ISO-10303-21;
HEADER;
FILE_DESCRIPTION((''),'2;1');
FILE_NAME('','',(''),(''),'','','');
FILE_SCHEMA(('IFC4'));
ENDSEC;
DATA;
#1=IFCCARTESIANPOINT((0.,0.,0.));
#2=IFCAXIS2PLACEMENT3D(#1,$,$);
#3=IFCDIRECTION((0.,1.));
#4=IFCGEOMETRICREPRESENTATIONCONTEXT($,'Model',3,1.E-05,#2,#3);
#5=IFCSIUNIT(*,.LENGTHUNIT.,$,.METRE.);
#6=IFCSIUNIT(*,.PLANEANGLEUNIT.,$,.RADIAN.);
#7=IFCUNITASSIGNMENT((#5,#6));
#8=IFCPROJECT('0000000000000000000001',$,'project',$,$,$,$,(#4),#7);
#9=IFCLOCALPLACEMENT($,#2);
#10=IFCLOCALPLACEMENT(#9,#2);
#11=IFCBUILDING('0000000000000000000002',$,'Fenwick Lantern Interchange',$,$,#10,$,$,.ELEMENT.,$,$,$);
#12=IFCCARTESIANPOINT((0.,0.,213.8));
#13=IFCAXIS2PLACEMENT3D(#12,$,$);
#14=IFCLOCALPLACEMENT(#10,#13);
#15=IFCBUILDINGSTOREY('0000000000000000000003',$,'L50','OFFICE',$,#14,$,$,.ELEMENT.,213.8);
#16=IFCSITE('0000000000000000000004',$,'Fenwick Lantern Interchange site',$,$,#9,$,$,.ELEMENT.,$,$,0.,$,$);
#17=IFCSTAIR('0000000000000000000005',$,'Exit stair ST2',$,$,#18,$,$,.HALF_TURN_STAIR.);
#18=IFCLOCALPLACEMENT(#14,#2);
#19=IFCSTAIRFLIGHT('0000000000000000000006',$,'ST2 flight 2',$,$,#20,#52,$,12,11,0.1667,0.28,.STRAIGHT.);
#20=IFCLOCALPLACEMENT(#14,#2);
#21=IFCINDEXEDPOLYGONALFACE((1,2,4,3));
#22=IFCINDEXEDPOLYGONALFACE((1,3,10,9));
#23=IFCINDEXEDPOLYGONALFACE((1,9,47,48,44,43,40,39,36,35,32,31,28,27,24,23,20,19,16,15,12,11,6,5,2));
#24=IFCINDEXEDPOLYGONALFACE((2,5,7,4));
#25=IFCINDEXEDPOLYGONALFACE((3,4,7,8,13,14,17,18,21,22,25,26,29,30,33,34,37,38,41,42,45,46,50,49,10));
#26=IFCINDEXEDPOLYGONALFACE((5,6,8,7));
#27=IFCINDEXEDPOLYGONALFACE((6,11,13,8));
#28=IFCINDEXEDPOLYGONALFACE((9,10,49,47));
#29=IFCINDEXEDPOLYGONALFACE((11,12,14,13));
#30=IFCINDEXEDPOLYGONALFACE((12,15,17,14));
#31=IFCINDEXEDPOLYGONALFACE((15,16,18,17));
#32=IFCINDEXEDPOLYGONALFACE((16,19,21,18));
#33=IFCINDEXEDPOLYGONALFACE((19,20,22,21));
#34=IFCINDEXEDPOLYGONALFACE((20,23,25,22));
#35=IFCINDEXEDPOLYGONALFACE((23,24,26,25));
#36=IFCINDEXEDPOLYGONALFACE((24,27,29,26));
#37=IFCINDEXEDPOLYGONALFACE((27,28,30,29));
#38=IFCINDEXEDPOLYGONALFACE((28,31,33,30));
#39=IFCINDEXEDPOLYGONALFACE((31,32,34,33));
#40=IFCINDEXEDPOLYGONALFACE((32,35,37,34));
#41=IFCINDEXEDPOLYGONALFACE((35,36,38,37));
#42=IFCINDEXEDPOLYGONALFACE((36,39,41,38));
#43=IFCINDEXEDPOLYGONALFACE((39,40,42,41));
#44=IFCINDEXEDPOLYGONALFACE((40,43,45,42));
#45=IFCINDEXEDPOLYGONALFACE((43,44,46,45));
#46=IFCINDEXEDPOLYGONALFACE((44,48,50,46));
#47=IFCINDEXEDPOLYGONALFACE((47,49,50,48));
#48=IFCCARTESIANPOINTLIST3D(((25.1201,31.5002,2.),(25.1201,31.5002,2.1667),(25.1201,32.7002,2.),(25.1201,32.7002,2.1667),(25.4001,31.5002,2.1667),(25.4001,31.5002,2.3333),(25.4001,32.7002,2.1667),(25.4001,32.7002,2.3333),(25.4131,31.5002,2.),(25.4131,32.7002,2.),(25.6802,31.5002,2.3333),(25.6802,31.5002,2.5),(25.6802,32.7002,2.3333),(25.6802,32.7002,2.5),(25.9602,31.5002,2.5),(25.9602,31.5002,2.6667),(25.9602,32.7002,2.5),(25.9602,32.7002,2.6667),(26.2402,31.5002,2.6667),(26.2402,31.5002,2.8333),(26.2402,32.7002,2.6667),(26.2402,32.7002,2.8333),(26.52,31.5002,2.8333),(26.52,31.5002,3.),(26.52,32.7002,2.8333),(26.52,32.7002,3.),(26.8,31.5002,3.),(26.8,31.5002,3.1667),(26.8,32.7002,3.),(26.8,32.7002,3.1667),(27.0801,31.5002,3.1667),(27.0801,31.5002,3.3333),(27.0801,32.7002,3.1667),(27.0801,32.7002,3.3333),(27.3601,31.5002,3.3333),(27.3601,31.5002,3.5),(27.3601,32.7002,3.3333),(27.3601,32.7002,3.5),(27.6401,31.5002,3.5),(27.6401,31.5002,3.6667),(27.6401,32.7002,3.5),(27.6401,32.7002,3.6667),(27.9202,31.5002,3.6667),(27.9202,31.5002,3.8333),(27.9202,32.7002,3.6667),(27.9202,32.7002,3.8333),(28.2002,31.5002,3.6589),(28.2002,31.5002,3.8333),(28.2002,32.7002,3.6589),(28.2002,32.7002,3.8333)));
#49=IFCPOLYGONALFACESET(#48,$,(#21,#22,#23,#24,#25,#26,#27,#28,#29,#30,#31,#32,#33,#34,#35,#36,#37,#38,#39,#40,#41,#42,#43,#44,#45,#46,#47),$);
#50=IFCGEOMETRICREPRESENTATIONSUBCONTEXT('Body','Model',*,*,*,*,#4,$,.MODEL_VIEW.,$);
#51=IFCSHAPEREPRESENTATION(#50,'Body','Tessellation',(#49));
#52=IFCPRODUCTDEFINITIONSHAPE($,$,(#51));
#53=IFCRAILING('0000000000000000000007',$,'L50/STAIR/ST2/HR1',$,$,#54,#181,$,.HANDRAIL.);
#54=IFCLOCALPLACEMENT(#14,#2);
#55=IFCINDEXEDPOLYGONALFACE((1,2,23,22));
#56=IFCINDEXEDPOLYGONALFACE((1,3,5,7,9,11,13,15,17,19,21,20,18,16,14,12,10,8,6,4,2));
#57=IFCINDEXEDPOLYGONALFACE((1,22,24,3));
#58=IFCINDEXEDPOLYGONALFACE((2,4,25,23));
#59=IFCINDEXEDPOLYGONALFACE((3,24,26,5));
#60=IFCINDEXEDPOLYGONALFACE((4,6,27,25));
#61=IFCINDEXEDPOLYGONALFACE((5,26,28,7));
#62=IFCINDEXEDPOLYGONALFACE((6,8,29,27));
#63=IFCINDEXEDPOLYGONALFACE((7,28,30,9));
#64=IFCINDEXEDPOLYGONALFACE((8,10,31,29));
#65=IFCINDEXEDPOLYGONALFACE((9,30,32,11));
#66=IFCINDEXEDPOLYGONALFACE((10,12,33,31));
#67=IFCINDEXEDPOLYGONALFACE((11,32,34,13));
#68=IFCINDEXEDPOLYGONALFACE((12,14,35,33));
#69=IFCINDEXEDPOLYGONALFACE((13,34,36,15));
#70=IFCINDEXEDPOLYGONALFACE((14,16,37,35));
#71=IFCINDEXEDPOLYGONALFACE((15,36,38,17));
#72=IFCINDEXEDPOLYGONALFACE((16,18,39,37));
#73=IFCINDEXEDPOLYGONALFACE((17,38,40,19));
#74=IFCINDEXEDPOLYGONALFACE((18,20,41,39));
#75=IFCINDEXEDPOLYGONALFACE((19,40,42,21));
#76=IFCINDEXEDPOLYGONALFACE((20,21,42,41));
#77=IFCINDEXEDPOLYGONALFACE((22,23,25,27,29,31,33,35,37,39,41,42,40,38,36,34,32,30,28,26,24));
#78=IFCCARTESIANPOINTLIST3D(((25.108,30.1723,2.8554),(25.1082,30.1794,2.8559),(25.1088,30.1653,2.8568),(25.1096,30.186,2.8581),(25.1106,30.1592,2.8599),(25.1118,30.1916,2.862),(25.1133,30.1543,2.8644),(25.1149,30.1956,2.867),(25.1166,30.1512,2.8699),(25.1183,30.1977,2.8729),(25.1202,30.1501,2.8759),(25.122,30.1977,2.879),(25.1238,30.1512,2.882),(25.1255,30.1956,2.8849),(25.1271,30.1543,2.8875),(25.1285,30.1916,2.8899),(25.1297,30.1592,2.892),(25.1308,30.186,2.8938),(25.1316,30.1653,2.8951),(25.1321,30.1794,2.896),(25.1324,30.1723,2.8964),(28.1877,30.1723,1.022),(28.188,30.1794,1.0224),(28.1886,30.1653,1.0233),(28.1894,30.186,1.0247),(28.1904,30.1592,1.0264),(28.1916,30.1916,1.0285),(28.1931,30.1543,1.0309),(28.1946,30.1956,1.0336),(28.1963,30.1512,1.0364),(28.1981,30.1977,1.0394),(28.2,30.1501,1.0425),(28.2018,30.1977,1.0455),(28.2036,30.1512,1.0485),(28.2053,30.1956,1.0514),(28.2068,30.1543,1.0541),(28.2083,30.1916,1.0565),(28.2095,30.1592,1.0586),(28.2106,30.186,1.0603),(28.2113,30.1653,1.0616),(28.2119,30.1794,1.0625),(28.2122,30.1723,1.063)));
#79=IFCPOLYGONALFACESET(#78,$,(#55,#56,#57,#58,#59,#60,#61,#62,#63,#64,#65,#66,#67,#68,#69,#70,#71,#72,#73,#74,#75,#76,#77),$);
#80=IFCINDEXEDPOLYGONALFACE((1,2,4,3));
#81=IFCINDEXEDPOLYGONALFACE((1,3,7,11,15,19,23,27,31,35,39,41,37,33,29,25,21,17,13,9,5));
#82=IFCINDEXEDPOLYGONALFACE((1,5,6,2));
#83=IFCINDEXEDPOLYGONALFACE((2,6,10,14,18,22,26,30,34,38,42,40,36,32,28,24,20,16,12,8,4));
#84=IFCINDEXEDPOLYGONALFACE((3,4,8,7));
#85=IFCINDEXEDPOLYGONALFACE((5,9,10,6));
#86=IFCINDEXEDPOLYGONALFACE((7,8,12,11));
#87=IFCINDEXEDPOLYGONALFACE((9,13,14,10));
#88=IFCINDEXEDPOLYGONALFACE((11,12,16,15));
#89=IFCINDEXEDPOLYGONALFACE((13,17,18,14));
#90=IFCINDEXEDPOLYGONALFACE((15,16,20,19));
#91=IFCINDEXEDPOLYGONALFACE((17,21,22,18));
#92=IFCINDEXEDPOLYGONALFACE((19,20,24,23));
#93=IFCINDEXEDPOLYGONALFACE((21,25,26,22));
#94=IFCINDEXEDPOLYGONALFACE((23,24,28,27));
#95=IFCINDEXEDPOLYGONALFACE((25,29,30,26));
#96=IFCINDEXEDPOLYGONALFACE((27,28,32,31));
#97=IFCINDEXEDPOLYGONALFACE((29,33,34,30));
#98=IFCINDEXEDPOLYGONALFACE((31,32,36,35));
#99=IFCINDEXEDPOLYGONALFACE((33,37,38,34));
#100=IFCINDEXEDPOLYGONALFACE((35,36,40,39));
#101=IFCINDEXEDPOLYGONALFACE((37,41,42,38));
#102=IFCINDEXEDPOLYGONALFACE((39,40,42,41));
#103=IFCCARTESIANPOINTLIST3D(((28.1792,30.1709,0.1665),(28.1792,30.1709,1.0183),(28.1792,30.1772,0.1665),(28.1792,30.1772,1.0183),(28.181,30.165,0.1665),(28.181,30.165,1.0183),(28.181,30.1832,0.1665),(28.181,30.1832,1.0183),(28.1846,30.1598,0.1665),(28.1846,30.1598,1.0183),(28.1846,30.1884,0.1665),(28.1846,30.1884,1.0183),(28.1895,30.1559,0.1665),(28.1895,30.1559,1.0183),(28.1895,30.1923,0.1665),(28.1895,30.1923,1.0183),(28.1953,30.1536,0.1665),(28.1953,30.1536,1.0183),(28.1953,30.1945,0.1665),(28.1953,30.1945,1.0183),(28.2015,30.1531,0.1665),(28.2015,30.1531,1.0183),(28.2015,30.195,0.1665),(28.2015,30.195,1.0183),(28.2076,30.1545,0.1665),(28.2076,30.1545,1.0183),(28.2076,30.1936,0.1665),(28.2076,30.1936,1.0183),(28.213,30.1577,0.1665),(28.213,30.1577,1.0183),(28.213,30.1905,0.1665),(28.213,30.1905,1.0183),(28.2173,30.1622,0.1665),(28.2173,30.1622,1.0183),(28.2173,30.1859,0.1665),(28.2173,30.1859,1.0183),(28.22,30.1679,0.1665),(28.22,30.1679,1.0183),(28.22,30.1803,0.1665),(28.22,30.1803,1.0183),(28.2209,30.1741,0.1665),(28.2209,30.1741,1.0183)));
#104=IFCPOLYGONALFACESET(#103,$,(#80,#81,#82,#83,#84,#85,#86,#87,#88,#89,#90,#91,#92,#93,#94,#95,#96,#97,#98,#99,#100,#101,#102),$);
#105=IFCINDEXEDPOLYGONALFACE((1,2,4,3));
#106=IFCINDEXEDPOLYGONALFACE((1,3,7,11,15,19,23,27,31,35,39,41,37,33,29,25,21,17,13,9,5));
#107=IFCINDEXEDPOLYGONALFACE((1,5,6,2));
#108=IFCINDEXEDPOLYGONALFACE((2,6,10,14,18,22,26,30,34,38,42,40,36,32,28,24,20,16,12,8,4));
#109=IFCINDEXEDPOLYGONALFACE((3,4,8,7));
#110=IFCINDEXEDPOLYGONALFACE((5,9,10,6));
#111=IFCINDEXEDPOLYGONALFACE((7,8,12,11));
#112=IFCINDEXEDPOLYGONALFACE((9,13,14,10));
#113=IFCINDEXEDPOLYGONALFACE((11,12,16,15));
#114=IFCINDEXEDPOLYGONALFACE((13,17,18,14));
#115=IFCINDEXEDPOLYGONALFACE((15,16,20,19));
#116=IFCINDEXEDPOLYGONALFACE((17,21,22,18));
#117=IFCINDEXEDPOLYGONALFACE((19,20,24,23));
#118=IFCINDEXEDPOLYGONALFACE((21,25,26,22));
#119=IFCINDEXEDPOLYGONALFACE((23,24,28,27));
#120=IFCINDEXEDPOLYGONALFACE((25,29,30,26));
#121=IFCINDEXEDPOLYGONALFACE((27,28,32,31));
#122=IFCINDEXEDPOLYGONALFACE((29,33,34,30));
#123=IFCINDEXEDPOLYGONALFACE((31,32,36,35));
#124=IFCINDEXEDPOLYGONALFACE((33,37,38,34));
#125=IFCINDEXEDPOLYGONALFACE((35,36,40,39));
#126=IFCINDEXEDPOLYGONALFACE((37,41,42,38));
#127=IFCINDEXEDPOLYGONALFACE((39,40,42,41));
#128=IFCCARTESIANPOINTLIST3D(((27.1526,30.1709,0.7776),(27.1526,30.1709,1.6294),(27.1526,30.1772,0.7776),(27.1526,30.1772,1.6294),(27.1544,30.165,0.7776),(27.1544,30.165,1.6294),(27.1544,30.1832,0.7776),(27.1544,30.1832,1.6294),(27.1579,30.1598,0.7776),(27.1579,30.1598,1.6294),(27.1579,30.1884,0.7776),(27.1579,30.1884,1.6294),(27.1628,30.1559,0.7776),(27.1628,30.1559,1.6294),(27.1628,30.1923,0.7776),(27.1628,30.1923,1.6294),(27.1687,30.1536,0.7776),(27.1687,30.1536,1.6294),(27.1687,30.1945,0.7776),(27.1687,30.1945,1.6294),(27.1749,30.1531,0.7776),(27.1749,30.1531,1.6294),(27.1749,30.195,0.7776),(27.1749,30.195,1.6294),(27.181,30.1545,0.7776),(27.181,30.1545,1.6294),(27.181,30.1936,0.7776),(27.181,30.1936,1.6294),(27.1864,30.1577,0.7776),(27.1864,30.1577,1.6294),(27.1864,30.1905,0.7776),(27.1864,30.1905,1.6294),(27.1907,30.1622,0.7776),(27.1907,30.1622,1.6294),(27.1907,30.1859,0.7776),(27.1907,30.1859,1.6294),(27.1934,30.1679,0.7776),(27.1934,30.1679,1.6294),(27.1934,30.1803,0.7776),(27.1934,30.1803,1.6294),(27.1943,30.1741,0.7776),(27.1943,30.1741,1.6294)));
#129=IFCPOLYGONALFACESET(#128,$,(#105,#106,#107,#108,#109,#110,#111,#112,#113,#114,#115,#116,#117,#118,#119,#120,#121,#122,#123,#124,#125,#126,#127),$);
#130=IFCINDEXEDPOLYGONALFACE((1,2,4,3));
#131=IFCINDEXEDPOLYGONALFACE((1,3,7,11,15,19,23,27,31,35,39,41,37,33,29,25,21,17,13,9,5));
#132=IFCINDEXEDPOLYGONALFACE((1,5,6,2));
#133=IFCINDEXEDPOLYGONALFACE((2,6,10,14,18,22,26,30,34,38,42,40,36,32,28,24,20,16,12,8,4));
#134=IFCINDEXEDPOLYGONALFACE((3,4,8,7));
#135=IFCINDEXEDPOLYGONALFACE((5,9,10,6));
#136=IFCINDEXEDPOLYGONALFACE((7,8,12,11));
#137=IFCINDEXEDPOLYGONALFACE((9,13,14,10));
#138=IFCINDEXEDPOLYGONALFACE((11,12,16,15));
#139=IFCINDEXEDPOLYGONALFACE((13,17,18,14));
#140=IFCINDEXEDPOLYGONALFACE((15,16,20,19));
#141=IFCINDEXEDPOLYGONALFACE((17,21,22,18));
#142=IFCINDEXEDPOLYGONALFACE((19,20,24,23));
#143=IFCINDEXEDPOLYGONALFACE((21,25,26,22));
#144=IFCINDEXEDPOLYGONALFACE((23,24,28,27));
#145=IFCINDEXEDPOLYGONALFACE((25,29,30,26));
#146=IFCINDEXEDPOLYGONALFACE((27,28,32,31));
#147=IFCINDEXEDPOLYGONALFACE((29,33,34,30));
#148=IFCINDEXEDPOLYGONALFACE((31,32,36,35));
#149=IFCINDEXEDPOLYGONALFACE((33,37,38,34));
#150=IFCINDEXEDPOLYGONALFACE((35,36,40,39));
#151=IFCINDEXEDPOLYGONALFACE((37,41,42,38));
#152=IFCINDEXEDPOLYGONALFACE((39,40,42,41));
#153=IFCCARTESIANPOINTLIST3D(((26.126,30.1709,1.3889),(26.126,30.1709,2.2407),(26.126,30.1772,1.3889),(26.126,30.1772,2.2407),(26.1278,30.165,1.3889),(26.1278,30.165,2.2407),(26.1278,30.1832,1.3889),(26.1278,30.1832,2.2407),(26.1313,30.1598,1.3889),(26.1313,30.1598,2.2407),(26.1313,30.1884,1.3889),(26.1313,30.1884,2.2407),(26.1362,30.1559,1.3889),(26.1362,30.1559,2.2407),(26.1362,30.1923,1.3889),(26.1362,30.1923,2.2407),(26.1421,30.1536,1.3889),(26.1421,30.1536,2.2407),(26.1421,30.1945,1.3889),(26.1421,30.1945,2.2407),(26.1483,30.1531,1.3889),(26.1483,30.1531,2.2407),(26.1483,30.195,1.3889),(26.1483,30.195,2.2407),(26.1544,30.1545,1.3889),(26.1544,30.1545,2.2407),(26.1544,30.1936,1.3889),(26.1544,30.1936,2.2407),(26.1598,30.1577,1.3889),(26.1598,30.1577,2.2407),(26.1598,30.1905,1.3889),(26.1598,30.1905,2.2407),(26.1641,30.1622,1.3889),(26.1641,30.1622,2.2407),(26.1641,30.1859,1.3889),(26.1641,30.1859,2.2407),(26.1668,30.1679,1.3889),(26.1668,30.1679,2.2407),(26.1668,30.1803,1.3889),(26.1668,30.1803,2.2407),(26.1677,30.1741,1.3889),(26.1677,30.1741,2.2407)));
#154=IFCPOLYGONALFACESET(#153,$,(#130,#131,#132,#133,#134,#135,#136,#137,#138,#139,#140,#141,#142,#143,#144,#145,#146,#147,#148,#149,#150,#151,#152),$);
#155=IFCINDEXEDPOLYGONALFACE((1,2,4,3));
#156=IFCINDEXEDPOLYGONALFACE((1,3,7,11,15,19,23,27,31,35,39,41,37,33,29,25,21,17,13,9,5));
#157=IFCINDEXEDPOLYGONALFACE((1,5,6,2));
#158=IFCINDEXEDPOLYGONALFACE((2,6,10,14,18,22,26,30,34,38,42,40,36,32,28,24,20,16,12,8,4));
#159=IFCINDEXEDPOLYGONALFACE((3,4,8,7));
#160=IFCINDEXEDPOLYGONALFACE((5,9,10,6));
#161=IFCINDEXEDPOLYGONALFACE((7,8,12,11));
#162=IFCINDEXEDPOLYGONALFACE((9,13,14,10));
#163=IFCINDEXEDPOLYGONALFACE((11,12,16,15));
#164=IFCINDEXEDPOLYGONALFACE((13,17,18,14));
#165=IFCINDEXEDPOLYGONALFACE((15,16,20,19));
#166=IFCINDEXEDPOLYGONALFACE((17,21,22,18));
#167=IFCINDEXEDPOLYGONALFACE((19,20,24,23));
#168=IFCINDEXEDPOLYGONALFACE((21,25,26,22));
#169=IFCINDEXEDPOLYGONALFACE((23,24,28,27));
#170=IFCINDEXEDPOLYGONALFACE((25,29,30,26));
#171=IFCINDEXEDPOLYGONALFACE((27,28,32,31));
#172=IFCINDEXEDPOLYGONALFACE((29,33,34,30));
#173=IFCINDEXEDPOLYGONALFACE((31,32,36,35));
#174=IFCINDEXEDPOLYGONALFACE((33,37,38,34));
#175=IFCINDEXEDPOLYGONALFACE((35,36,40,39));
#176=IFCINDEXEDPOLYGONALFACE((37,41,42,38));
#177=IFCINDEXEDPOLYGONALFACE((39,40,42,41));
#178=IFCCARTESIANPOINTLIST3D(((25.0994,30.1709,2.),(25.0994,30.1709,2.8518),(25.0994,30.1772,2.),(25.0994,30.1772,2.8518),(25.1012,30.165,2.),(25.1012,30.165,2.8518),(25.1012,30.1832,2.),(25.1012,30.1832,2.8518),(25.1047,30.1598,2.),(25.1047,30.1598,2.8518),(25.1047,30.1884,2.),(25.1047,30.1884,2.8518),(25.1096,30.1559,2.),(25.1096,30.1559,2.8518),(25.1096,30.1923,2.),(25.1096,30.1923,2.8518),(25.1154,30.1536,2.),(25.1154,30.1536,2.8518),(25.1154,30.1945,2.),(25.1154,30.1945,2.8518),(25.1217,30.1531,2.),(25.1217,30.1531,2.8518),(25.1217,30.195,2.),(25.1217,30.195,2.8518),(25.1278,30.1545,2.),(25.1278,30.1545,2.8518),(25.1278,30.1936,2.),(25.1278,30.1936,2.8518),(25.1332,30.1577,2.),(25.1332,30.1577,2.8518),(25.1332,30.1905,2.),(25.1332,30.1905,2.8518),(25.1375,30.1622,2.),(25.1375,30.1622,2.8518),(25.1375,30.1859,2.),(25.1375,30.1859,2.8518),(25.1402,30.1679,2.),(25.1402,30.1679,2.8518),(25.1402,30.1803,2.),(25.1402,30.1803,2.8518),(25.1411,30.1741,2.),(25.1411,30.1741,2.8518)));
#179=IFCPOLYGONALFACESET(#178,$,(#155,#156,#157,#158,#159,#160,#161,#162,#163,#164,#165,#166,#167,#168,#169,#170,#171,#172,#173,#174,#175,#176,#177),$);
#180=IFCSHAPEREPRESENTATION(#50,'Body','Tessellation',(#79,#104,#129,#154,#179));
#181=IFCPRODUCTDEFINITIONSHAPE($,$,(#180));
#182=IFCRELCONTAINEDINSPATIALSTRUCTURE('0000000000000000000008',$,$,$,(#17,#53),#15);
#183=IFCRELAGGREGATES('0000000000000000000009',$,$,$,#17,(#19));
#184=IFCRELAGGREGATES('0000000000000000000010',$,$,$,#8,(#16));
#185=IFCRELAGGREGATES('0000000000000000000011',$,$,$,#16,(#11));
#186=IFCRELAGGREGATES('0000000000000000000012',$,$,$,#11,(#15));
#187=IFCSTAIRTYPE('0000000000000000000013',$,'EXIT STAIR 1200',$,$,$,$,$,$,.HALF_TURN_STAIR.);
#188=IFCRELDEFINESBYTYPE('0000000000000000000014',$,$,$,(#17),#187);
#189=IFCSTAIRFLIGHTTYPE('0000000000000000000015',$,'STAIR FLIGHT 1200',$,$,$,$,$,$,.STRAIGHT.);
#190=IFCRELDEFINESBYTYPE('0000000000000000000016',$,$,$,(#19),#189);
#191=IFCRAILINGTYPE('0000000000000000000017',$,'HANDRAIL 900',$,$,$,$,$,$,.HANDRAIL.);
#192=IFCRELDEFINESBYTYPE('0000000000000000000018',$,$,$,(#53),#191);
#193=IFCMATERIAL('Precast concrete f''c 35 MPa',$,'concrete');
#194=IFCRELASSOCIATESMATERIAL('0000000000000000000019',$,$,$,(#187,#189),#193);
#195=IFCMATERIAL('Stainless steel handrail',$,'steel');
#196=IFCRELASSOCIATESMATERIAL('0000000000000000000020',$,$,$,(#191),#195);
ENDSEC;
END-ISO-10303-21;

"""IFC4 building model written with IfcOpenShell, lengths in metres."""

from ifc_helpers import new_model, si_unit, direction, frame, origin, origin_2d, place, context, subcontext, project, spatial, polyline, circle, outline, extrude, material, type_object, element, aggregate, save


model = new_model("IFC4")

# Units and contexts
model_context = context("Model", 3, precision=1e-05, world=origin(), true_north=direction((0.0, 1.0)))
body_context = subcontext(model_context, "Body", "Model", "MODEL_VIEW")
ifc_project = project(units=[si_unit("LENGTHUNIT", "METRE"), si_unit("PLANEANGLEUNIT", "RADIAN")], contexts=[model_context])

# Site, building, storey
site_placement = place(None, origin())
site = spatial("IfcSite", under=ifc_project, at=site_placement, Name="Fenwick Lantern Interchange site", CompositionType="ELEMENT", RefElevation=0.0)
building_placement = place(site_placement, origin())
building = spatial("IfcBuilding", under=site, at=building_placement, Name="Fenwick Lantern Interchange", CompositionType="ELEMENT")
storey_placement = place(building_placement, frame((0.0, 0.0, 213.8)))
storey = spatial("IfcBuildingStorey", under=building, at=storey_placement, Name="L50", Description="OFFICE", CompositionType="ELEMENT", Elevation=213.8)

# Stair, stair flight
ifc_material_1 = material(Name="Precast concrete f'c 35 MPa", Category="concrete")
stair_type = type_object("IfcStairType", Name="EXIT STAIR 1200", PredefinedType="HALF_TURN_STAIR", material=ifc_material_1)
stair_placement = place(storey_placement, origin())
stair = element("IfcStair", 1, at=stair_placement, inside=storey, type_object=stair_type, Name="Exit stair ST2", PredefinedType="HALF_TURN_STAIR")
stair_flight_type = type_object("IfcStairFlightType", Name="STAIR FLIGHT 1200", PredefinedType="STRAIGHT", material=ifc_material_1)
stair_flight_1_placement = place(storey_placement, frame((25.1201, 32.1001, 2.0), z_axis=(0.0, 0.0, 1.0), x_axis=(1.0, 0.0, 0.0)))
stair_flight_1 = element("IfcStairFlight", 2, at=stair_flight_1_placement, type_object=stair_flight_type, Name="ST2 flight 2", NumberOfRisers=12, NumberOfTreads=11, PredefinedType="STRAIGHT", RiserHeight=0.1667, TreadLength=0.28, context=body_context, shape_type="SweptSolid", body=[
    extrude(outline(polyline([(0.0, 0.0), (0.0, 0.1667), (0.28, 0.1667), (0.28, 0.3333), (0.5601, 0.3333), (0.5601, 0.5), (0.8401, 0.5), (0.8401, 0.6667), (1.1201, 0.6667), (1.1201, 0.8333), (1.3999, 0.8333), (1.3999, 1.0), (1.6799, 1.0), (1.6799, 1.1667), (1.96, 1.1667), (1.96, 1.3333), (2.24, 1.3333), (2.24, 1.5), (2.52, 1.5), (2.52, 1.6667), (2.8, 1.6667), (2.8, 1.8333), (3.0801, 1.8333), (3.0801, 2.0), (3.0801, 1.6589), (0.293, 0.0), (0.0, 0.0)])), frame((0.0, 0.6001, 0.0), z_axis=(0.0, -1.0, 0.0), x_axis=(1.0, 0.0, 0.0)), (0.0, 0.0, 1.0), 1.2),
])
aggregate(stair, [stair_flight_1])

# Railing
ifc_material_2 = material(Name="Stainless steel handrail", Category="steel")
railing_type = type_object("IfcRailingType", Name="HANDRAIL 900", PredefinedType="HANDRAIL", material=ifc_material_2)
railing_1_placement = place(storey_placement, frame((28.2, 30.1741, 0.1665)))
element("IfcRailing", 3, at=railing_1_placement, inside=storey, type_object=railing_type, Name="L50/STAIR/ST2/HR1", PredefinedType="HANDRAIL", context=body_context, shape_type="SweptSolid", body=[
    extrude(circle(Radius=0.0239, at=origin_2d()), frame((0.0, 0.0, 0.876), z_axis=(-0.859261, 0.0, 0.511538), x_axis=(0.0, -1.0, 0.0)), (0.0, 0.0, 1.0), 3.5842),
    extrude(circle(Radius=0.021, at=origin_2d()), origin(), (0.0, 0.0, 1.0), 0.8518),
    extrude(circle(Radius=0.021, at=origin_2d()), frame((-1.0266, 0.0, 0.6111)), (0.0, 0.0, 1.0), 0.8518),
    extrude(circle(Radius=0.021, at=origin_2d()), frame((-2.0532, 0.0, 1.2224)), (0.0, 0.0, 1.0), 0.8518),
    extrude(circle(Radius=0.021, at=origin_2d()), frame((-3.0798, 0.0, 1.8335)), (0.0, 0.0, 1.0), 0.8518),
])

save(model, "model.ifc")
